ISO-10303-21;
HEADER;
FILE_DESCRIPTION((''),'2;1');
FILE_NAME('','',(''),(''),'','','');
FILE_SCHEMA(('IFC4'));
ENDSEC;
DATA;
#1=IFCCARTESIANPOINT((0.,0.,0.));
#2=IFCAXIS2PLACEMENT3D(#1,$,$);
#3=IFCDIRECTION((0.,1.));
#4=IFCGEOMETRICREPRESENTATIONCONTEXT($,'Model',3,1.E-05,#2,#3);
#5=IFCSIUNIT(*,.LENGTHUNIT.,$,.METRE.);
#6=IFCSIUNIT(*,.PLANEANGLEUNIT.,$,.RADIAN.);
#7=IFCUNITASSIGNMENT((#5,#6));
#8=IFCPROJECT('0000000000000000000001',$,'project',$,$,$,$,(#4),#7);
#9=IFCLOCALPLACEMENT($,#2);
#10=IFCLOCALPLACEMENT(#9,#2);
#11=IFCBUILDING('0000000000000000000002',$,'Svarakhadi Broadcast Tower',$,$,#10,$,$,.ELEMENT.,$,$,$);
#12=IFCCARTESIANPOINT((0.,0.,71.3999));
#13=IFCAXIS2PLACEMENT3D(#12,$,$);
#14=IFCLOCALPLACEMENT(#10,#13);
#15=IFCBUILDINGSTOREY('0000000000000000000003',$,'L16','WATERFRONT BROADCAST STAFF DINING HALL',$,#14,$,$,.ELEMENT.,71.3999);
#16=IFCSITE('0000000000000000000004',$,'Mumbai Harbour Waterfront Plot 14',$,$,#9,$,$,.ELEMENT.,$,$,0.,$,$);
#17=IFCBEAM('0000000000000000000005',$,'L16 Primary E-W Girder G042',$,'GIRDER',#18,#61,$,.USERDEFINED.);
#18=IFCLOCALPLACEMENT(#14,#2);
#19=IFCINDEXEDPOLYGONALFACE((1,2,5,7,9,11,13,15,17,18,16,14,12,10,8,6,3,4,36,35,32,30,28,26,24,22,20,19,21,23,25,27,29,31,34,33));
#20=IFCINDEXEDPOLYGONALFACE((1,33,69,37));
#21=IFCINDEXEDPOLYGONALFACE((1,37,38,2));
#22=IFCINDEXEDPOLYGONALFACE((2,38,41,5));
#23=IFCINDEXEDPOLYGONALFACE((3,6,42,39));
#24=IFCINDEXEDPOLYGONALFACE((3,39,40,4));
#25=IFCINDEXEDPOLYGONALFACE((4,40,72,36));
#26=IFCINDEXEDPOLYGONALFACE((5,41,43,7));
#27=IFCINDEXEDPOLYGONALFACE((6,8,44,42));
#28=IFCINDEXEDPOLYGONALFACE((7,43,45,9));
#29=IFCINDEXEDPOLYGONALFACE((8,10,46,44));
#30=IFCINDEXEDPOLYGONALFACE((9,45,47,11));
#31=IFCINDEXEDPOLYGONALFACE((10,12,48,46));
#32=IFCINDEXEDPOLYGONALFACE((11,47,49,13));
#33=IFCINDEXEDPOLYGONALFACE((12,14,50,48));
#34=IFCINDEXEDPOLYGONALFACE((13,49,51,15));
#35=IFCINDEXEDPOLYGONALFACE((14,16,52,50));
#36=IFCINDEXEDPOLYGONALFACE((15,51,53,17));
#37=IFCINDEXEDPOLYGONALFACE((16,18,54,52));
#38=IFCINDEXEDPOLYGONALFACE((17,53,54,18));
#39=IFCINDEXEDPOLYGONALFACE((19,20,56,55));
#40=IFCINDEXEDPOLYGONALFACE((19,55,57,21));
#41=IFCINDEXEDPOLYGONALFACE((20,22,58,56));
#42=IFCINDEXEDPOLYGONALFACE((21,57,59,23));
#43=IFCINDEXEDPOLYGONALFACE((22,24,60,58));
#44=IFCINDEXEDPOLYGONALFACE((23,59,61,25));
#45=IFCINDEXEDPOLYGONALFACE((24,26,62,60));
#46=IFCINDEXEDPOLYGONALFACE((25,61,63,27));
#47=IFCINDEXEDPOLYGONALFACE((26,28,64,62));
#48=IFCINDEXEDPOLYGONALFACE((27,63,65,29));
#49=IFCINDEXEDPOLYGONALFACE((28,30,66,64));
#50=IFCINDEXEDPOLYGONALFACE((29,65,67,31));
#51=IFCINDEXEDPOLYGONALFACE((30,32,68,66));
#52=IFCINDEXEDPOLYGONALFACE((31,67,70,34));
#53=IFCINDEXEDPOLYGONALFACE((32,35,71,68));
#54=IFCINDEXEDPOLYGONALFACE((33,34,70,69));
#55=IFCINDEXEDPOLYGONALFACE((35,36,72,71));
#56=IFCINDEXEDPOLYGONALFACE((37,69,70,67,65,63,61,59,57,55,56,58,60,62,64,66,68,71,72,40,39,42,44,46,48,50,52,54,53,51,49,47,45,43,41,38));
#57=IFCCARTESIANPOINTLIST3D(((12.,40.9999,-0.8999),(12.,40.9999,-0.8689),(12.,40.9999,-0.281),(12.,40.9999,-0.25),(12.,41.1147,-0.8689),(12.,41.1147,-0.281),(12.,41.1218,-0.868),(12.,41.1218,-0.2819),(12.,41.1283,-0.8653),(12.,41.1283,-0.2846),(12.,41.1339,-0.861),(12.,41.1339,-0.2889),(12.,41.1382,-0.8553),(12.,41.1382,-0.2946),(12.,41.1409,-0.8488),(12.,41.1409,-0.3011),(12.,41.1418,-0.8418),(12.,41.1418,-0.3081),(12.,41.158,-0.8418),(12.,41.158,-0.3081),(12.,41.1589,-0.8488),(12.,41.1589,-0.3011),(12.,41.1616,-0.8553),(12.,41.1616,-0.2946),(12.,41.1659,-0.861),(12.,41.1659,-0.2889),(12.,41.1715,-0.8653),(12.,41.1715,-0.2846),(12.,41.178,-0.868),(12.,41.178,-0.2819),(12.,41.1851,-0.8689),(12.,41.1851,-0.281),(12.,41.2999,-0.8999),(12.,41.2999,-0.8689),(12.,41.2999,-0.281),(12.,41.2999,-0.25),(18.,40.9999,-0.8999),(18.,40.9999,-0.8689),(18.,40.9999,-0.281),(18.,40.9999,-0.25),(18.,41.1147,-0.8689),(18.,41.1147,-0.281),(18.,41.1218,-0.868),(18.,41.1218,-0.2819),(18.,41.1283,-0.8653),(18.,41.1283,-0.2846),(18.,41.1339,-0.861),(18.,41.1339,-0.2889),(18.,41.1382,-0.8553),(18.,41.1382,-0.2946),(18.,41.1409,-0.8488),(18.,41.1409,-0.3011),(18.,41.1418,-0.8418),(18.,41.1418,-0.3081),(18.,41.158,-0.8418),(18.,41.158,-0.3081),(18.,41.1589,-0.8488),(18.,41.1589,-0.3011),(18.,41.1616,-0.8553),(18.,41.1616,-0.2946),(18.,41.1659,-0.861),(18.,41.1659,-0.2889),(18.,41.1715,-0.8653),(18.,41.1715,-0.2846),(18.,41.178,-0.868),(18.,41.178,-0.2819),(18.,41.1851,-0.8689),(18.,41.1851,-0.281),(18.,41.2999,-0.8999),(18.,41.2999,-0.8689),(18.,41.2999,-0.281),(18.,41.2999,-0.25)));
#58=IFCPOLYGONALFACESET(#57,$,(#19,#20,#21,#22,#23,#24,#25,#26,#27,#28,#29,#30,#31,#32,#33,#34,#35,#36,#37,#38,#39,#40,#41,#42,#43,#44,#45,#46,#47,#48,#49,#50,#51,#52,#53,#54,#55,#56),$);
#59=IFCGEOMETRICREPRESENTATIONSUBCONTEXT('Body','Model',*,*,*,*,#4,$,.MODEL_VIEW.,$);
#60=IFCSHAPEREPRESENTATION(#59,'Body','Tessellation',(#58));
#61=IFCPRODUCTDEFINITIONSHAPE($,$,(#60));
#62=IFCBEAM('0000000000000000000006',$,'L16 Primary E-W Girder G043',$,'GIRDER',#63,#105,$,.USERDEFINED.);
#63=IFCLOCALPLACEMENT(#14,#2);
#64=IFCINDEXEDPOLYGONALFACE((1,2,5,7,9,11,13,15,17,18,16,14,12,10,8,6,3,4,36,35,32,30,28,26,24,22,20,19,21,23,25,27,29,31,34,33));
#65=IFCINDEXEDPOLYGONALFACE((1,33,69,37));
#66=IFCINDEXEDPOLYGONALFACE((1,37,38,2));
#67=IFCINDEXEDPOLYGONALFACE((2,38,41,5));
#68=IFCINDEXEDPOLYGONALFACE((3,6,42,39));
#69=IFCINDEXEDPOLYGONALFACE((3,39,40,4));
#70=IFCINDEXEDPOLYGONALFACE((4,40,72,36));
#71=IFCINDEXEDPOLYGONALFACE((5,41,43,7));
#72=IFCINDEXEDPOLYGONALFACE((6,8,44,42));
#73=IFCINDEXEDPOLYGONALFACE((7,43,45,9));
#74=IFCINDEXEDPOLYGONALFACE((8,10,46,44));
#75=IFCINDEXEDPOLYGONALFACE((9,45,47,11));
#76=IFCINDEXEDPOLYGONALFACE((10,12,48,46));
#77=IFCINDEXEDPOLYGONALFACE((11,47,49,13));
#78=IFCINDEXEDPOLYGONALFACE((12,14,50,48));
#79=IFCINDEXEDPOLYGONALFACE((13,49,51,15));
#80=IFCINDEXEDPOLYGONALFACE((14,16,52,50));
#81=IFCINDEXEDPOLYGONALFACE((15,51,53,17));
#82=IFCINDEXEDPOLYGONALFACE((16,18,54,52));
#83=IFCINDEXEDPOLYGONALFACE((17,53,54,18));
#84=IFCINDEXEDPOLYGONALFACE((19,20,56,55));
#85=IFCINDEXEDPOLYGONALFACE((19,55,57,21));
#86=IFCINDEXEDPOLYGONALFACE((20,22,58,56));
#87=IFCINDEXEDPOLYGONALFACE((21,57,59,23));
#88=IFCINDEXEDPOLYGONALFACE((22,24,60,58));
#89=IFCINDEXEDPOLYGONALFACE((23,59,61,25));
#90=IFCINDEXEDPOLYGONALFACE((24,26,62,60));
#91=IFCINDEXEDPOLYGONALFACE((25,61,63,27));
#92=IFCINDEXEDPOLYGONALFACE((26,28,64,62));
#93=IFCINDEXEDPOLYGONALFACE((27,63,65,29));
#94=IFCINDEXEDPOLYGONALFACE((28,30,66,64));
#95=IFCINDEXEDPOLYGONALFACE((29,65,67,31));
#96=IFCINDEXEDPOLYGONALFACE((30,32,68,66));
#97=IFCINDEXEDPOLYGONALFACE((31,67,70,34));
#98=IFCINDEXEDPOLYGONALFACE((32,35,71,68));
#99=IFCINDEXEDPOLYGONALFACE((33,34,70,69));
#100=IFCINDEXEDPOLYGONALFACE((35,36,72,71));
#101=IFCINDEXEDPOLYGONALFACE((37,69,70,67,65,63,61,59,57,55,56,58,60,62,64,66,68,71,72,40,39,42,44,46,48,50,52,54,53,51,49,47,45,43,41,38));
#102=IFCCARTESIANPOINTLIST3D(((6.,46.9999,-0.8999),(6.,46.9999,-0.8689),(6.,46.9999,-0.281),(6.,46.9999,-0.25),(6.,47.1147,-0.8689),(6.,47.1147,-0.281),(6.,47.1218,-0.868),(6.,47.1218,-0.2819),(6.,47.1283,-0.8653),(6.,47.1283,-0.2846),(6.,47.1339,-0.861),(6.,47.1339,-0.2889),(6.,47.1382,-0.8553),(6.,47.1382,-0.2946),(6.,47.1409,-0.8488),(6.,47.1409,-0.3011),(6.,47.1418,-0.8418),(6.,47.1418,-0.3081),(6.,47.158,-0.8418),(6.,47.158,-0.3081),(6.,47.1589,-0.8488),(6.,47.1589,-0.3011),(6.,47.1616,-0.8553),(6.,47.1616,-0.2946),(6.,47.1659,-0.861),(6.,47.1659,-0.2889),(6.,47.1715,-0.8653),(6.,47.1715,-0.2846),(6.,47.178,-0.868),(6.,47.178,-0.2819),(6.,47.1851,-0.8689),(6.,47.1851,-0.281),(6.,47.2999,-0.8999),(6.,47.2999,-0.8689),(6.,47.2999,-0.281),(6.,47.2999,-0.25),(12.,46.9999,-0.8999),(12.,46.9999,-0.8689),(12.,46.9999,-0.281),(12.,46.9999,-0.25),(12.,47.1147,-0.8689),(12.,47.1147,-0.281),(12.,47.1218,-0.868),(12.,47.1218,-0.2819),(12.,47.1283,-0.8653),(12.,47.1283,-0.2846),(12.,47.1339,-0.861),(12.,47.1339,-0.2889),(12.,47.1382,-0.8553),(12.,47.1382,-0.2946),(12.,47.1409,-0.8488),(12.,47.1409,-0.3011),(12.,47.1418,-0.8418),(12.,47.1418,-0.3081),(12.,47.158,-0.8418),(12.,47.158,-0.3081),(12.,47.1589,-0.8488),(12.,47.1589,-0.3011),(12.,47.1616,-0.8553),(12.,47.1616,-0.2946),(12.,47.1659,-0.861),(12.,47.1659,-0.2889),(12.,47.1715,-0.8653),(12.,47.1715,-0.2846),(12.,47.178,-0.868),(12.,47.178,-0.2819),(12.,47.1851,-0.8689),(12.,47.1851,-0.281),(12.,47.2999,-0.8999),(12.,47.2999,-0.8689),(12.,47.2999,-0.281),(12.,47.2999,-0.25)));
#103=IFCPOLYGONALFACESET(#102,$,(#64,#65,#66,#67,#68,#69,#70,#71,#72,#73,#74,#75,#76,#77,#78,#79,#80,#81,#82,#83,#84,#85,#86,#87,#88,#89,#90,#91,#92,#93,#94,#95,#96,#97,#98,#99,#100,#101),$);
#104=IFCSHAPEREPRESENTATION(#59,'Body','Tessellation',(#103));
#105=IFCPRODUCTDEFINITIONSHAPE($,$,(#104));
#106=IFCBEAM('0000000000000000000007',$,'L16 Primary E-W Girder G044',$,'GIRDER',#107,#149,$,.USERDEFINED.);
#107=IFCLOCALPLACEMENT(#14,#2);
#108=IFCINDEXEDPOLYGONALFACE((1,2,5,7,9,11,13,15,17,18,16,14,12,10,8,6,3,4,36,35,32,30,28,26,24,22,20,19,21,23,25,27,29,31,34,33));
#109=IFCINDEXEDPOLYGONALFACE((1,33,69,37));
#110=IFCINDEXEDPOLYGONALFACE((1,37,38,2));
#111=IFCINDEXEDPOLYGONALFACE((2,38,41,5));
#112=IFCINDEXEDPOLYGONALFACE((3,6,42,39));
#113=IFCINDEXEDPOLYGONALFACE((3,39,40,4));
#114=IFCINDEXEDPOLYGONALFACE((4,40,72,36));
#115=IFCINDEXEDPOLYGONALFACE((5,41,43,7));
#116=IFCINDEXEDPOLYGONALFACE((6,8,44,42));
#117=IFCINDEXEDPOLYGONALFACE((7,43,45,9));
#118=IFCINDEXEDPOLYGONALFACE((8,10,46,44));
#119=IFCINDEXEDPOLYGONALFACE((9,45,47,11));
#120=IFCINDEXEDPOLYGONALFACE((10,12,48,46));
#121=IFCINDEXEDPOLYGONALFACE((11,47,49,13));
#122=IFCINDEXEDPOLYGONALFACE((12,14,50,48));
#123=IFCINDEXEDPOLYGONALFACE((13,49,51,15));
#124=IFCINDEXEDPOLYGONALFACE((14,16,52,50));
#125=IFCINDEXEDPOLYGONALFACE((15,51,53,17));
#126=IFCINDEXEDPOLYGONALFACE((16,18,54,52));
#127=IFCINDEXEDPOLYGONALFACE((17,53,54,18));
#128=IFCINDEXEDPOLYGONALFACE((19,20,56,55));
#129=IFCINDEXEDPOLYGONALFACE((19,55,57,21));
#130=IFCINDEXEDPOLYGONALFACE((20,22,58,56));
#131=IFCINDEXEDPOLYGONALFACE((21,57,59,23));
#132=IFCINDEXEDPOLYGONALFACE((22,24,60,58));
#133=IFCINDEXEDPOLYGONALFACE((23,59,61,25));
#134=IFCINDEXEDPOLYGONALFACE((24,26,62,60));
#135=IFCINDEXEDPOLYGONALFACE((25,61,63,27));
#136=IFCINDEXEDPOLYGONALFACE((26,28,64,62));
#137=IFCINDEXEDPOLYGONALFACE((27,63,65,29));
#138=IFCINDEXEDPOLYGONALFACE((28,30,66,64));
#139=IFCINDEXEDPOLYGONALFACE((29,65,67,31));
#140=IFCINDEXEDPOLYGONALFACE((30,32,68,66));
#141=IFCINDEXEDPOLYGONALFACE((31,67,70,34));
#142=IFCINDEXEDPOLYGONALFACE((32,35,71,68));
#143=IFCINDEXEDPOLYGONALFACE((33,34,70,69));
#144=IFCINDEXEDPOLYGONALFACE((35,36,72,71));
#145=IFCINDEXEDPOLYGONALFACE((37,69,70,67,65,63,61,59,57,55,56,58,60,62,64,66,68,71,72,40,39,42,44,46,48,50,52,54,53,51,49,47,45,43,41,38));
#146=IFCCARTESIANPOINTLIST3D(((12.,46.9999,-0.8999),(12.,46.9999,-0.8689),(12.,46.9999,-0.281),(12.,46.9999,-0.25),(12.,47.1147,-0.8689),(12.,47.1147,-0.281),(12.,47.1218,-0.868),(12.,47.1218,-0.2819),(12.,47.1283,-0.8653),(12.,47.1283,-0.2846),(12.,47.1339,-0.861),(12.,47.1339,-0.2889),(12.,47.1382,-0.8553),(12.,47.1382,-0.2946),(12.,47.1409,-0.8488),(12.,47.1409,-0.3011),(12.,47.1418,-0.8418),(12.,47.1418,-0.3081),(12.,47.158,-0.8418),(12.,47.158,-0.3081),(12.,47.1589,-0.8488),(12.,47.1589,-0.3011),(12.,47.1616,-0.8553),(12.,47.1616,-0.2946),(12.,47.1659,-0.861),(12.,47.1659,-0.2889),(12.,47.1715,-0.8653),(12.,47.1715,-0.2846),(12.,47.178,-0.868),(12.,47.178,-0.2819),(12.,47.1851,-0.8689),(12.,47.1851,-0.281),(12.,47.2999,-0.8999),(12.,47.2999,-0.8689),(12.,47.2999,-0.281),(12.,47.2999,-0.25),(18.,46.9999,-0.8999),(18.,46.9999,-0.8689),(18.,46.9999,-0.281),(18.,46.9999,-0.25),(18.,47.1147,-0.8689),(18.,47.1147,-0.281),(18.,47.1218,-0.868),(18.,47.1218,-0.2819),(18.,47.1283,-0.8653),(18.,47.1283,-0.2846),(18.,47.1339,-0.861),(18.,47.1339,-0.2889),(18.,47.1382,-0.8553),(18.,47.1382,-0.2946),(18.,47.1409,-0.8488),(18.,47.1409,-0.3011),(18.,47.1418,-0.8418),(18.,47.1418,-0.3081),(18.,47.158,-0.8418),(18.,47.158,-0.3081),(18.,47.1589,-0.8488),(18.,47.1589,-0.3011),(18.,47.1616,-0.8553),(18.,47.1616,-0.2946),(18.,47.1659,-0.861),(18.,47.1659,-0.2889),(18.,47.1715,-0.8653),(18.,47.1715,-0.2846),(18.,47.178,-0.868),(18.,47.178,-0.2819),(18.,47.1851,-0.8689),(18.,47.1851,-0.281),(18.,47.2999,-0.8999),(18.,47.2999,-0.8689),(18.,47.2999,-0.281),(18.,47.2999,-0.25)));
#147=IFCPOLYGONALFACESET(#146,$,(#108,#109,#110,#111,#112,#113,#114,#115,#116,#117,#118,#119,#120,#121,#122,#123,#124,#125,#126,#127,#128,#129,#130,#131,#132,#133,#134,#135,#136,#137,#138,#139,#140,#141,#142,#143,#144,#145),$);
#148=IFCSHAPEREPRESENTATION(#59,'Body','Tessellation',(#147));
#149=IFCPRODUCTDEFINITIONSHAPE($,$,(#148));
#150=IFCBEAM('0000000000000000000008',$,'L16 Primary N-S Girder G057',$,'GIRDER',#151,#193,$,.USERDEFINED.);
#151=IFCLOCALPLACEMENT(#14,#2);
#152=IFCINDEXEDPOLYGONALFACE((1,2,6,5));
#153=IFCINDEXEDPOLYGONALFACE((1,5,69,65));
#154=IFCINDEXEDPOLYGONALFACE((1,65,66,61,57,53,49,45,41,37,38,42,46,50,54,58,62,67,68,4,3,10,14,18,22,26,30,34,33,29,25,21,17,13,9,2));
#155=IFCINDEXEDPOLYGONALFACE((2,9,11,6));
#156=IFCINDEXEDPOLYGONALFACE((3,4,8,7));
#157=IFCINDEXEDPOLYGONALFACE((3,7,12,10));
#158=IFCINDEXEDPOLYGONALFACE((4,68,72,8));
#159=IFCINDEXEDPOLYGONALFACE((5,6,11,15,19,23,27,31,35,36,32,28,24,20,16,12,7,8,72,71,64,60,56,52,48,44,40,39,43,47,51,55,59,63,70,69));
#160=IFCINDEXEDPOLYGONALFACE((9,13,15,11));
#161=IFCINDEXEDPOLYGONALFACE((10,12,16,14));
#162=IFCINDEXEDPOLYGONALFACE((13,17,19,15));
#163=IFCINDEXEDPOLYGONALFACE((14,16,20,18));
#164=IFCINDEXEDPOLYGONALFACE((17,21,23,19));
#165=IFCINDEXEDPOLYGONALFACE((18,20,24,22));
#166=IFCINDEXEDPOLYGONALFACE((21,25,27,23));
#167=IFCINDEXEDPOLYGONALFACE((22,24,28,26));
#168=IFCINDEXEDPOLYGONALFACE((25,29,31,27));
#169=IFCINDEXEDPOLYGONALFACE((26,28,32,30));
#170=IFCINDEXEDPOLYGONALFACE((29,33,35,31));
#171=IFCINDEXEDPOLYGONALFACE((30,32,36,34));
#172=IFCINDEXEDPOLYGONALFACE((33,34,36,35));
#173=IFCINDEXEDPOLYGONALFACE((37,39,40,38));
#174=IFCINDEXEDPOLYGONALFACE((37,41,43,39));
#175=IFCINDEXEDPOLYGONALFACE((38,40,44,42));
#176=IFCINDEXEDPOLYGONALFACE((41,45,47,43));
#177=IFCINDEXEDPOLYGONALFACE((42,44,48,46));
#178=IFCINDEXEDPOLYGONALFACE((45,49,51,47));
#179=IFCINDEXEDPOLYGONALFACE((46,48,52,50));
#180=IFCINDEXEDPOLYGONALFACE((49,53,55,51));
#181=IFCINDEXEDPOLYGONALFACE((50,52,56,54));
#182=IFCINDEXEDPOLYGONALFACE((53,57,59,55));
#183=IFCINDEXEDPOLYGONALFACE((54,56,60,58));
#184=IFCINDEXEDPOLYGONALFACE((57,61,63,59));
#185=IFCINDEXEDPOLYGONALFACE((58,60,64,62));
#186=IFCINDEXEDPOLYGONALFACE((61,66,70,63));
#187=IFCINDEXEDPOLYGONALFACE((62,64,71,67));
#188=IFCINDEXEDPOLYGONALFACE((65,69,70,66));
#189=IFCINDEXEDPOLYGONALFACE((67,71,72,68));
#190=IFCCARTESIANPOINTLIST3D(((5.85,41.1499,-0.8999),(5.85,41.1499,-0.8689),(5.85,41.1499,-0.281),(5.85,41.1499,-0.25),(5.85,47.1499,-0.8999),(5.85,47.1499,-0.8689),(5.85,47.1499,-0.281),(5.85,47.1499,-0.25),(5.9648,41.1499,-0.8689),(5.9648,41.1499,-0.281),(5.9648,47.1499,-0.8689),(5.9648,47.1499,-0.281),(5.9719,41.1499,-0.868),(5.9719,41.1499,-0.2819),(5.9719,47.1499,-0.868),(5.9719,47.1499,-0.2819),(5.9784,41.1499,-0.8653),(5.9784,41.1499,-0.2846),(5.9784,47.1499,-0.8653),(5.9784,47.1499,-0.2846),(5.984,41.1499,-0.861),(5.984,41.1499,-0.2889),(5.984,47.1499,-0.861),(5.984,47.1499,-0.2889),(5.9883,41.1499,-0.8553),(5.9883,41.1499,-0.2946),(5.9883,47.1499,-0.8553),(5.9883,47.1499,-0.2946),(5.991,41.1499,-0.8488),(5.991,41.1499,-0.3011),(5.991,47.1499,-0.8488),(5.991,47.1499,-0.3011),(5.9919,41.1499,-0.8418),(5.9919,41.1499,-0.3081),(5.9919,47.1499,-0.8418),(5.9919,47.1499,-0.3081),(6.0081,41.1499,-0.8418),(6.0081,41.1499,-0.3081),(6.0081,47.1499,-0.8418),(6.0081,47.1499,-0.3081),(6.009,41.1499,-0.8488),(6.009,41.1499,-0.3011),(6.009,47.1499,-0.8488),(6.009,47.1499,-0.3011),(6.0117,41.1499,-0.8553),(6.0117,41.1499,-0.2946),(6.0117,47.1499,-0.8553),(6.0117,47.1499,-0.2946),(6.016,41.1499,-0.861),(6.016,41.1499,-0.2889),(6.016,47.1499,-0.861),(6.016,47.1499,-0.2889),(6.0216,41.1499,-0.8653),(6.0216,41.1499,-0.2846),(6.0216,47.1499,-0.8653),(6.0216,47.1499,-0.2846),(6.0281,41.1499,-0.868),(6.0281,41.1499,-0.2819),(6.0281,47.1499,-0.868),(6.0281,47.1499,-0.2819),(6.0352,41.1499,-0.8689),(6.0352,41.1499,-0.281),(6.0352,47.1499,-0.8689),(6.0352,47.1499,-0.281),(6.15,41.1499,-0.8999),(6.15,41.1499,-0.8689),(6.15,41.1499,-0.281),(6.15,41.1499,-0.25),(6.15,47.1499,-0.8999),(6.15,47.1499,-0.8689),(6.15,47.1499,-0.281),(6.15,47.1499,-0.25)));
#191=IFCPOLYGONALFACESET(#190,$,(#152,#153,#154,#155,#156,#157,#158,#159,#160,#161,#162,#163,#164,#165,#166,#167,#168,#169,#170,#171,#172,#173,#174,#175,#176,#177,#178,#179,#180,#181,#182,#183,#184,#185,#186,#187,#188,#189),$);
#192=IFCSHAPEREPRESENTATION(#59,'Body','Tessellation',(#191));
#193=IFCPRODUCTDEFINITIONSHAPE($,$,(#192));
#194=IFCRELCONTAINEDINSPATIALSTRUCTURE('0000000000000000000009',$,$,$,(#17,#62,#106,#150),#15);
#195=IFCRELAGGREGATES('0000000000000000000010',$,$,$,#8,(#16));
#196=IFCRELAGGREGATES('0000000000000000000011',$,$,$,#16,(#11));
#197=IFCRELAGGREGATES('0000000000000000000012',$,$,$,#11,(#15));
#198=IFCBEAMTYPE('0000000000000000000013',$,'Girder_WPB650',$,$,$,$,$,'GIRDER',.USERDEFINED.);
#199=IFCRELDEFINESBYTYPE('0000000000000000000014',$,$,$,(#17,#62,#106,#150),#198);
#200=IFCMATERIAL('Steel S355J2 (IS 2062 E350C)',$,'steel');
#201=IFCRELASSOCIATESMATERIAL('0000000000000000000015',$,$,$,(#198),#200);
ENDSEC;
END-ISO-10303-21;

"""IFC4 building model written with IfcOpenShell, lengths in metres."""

from ifc_helpers import new_model, si_unit, direction, frame, origin, origin_2d, place, context, subcontext, project, spatial, i_section, extrude, material, material_profile, profile_set, type_object, element, save


model = new_model("IFC4")

# Units and contexts
model_context = context("Model", 3, precision=1e-05, world=origin(), true_north=direction((0.0, 1.0)))
body_context = subcontext(model_context, "Body", "Model", "MODEL_VIEW")
ifc_project = project(units=[si_unit("LENGTHUNIT", "METRE"), si_unit("PLANEANGLEUNIT", "RADIAN")], contexts=[model_context])

# Site, building, storey
site_placement = place(None, origin())
site = spatial("IfcSite", under=ifc_project, at=site_placement, Name="Mumbai Harbour Waterfront Plot 14", CompositionType="ELEMENT", RefElevation=0.0)
building_placement = place(site_placement, origin())
building = spatial("IfcBuilding", under=site, at=building_placement, Name="Svarakhadi Broadcast Tower", CompositionType="ELEMENT")
storey_placement = place(building_placement, frame((0.0, 0.0, 71.3999)))
storey = spatial("IfcBuildingStorey", under=building, at=storey_placement, Name="L16", Description="WATERFRONT BROADCAST STAFF DINING HALL", CompositionType="ELEMENT", Elevation=71.3999)

# Shared definitions
ifc_material_1 = material(Name="Steel S355J2 (IS 2062 E350C)", Category="steel")

# Beams
ifc_material_profile_1 = material_profile(ifc_material_1, i_section(OverallWidth=0.3, OverallDepth=0.6499, WebThickness=0.0161, FlangeThickness=0.031, FilletRadius=0.0271, at=origin_2d()), Name="WPB 650x300x225")
ifc_profile_set_1 = profile_set([ifc_material_profile_1], Name="Steel S355J2 (IS 2062 E350C)")
beam_type_1 = type_object("IfcBeamType", Name="Girder_WPB650", ElementType="GIRDER", PredefinedType="USERDEFINED", material=ifc_profile_set_1)
for number, where, z_axis, x_axis, name in (
    (1, (12.0, 41.1499, -0.575), (1.0, 0.0, 0.0), (0.0, 1.0, 0.0), "L16 Primary E-W Girder G042"),
    (2, (6.0, 47.1499, -0.575), (1.0, 0.0, 0.0), (0.0, 1.0, 0.0), "L16 Primary E-W Girder G043"),
    (3, (12.0, 47.1499, -0.575), (1.0, 0.0, 0.0), (0.0, 1.0, 0.0), "L16 Primary E-W Girder G044"),
    (4, (6.0, 41.1499, -0.575), (0.0, 1.0, 0.0), (-1.0, 0.0, 0.0), "L16 Primary N-S Girder G057"),
):
    element("IfcBeam", number, at=place(storey_placement, frame(where, z_axis=z_axis, x_axis=x_axis)), inside=storey, type_object=beam_type_1, Name=name, ObjectType="GIRDER", PredefinedType="USERDEFINED", context=body_context, shape_type="SweptSolid", body=[
        extrude(i_section(OverallWidth=0.3, OverallDepth=0.6499, WebThickness=0.0161, FlangeThickness=0.031, FilletRadius=0.0271, at=origin_2d()), origin(), (0.0, 0.0, 1.0), 6.0),
    ])

save(model, "model.ifc")
